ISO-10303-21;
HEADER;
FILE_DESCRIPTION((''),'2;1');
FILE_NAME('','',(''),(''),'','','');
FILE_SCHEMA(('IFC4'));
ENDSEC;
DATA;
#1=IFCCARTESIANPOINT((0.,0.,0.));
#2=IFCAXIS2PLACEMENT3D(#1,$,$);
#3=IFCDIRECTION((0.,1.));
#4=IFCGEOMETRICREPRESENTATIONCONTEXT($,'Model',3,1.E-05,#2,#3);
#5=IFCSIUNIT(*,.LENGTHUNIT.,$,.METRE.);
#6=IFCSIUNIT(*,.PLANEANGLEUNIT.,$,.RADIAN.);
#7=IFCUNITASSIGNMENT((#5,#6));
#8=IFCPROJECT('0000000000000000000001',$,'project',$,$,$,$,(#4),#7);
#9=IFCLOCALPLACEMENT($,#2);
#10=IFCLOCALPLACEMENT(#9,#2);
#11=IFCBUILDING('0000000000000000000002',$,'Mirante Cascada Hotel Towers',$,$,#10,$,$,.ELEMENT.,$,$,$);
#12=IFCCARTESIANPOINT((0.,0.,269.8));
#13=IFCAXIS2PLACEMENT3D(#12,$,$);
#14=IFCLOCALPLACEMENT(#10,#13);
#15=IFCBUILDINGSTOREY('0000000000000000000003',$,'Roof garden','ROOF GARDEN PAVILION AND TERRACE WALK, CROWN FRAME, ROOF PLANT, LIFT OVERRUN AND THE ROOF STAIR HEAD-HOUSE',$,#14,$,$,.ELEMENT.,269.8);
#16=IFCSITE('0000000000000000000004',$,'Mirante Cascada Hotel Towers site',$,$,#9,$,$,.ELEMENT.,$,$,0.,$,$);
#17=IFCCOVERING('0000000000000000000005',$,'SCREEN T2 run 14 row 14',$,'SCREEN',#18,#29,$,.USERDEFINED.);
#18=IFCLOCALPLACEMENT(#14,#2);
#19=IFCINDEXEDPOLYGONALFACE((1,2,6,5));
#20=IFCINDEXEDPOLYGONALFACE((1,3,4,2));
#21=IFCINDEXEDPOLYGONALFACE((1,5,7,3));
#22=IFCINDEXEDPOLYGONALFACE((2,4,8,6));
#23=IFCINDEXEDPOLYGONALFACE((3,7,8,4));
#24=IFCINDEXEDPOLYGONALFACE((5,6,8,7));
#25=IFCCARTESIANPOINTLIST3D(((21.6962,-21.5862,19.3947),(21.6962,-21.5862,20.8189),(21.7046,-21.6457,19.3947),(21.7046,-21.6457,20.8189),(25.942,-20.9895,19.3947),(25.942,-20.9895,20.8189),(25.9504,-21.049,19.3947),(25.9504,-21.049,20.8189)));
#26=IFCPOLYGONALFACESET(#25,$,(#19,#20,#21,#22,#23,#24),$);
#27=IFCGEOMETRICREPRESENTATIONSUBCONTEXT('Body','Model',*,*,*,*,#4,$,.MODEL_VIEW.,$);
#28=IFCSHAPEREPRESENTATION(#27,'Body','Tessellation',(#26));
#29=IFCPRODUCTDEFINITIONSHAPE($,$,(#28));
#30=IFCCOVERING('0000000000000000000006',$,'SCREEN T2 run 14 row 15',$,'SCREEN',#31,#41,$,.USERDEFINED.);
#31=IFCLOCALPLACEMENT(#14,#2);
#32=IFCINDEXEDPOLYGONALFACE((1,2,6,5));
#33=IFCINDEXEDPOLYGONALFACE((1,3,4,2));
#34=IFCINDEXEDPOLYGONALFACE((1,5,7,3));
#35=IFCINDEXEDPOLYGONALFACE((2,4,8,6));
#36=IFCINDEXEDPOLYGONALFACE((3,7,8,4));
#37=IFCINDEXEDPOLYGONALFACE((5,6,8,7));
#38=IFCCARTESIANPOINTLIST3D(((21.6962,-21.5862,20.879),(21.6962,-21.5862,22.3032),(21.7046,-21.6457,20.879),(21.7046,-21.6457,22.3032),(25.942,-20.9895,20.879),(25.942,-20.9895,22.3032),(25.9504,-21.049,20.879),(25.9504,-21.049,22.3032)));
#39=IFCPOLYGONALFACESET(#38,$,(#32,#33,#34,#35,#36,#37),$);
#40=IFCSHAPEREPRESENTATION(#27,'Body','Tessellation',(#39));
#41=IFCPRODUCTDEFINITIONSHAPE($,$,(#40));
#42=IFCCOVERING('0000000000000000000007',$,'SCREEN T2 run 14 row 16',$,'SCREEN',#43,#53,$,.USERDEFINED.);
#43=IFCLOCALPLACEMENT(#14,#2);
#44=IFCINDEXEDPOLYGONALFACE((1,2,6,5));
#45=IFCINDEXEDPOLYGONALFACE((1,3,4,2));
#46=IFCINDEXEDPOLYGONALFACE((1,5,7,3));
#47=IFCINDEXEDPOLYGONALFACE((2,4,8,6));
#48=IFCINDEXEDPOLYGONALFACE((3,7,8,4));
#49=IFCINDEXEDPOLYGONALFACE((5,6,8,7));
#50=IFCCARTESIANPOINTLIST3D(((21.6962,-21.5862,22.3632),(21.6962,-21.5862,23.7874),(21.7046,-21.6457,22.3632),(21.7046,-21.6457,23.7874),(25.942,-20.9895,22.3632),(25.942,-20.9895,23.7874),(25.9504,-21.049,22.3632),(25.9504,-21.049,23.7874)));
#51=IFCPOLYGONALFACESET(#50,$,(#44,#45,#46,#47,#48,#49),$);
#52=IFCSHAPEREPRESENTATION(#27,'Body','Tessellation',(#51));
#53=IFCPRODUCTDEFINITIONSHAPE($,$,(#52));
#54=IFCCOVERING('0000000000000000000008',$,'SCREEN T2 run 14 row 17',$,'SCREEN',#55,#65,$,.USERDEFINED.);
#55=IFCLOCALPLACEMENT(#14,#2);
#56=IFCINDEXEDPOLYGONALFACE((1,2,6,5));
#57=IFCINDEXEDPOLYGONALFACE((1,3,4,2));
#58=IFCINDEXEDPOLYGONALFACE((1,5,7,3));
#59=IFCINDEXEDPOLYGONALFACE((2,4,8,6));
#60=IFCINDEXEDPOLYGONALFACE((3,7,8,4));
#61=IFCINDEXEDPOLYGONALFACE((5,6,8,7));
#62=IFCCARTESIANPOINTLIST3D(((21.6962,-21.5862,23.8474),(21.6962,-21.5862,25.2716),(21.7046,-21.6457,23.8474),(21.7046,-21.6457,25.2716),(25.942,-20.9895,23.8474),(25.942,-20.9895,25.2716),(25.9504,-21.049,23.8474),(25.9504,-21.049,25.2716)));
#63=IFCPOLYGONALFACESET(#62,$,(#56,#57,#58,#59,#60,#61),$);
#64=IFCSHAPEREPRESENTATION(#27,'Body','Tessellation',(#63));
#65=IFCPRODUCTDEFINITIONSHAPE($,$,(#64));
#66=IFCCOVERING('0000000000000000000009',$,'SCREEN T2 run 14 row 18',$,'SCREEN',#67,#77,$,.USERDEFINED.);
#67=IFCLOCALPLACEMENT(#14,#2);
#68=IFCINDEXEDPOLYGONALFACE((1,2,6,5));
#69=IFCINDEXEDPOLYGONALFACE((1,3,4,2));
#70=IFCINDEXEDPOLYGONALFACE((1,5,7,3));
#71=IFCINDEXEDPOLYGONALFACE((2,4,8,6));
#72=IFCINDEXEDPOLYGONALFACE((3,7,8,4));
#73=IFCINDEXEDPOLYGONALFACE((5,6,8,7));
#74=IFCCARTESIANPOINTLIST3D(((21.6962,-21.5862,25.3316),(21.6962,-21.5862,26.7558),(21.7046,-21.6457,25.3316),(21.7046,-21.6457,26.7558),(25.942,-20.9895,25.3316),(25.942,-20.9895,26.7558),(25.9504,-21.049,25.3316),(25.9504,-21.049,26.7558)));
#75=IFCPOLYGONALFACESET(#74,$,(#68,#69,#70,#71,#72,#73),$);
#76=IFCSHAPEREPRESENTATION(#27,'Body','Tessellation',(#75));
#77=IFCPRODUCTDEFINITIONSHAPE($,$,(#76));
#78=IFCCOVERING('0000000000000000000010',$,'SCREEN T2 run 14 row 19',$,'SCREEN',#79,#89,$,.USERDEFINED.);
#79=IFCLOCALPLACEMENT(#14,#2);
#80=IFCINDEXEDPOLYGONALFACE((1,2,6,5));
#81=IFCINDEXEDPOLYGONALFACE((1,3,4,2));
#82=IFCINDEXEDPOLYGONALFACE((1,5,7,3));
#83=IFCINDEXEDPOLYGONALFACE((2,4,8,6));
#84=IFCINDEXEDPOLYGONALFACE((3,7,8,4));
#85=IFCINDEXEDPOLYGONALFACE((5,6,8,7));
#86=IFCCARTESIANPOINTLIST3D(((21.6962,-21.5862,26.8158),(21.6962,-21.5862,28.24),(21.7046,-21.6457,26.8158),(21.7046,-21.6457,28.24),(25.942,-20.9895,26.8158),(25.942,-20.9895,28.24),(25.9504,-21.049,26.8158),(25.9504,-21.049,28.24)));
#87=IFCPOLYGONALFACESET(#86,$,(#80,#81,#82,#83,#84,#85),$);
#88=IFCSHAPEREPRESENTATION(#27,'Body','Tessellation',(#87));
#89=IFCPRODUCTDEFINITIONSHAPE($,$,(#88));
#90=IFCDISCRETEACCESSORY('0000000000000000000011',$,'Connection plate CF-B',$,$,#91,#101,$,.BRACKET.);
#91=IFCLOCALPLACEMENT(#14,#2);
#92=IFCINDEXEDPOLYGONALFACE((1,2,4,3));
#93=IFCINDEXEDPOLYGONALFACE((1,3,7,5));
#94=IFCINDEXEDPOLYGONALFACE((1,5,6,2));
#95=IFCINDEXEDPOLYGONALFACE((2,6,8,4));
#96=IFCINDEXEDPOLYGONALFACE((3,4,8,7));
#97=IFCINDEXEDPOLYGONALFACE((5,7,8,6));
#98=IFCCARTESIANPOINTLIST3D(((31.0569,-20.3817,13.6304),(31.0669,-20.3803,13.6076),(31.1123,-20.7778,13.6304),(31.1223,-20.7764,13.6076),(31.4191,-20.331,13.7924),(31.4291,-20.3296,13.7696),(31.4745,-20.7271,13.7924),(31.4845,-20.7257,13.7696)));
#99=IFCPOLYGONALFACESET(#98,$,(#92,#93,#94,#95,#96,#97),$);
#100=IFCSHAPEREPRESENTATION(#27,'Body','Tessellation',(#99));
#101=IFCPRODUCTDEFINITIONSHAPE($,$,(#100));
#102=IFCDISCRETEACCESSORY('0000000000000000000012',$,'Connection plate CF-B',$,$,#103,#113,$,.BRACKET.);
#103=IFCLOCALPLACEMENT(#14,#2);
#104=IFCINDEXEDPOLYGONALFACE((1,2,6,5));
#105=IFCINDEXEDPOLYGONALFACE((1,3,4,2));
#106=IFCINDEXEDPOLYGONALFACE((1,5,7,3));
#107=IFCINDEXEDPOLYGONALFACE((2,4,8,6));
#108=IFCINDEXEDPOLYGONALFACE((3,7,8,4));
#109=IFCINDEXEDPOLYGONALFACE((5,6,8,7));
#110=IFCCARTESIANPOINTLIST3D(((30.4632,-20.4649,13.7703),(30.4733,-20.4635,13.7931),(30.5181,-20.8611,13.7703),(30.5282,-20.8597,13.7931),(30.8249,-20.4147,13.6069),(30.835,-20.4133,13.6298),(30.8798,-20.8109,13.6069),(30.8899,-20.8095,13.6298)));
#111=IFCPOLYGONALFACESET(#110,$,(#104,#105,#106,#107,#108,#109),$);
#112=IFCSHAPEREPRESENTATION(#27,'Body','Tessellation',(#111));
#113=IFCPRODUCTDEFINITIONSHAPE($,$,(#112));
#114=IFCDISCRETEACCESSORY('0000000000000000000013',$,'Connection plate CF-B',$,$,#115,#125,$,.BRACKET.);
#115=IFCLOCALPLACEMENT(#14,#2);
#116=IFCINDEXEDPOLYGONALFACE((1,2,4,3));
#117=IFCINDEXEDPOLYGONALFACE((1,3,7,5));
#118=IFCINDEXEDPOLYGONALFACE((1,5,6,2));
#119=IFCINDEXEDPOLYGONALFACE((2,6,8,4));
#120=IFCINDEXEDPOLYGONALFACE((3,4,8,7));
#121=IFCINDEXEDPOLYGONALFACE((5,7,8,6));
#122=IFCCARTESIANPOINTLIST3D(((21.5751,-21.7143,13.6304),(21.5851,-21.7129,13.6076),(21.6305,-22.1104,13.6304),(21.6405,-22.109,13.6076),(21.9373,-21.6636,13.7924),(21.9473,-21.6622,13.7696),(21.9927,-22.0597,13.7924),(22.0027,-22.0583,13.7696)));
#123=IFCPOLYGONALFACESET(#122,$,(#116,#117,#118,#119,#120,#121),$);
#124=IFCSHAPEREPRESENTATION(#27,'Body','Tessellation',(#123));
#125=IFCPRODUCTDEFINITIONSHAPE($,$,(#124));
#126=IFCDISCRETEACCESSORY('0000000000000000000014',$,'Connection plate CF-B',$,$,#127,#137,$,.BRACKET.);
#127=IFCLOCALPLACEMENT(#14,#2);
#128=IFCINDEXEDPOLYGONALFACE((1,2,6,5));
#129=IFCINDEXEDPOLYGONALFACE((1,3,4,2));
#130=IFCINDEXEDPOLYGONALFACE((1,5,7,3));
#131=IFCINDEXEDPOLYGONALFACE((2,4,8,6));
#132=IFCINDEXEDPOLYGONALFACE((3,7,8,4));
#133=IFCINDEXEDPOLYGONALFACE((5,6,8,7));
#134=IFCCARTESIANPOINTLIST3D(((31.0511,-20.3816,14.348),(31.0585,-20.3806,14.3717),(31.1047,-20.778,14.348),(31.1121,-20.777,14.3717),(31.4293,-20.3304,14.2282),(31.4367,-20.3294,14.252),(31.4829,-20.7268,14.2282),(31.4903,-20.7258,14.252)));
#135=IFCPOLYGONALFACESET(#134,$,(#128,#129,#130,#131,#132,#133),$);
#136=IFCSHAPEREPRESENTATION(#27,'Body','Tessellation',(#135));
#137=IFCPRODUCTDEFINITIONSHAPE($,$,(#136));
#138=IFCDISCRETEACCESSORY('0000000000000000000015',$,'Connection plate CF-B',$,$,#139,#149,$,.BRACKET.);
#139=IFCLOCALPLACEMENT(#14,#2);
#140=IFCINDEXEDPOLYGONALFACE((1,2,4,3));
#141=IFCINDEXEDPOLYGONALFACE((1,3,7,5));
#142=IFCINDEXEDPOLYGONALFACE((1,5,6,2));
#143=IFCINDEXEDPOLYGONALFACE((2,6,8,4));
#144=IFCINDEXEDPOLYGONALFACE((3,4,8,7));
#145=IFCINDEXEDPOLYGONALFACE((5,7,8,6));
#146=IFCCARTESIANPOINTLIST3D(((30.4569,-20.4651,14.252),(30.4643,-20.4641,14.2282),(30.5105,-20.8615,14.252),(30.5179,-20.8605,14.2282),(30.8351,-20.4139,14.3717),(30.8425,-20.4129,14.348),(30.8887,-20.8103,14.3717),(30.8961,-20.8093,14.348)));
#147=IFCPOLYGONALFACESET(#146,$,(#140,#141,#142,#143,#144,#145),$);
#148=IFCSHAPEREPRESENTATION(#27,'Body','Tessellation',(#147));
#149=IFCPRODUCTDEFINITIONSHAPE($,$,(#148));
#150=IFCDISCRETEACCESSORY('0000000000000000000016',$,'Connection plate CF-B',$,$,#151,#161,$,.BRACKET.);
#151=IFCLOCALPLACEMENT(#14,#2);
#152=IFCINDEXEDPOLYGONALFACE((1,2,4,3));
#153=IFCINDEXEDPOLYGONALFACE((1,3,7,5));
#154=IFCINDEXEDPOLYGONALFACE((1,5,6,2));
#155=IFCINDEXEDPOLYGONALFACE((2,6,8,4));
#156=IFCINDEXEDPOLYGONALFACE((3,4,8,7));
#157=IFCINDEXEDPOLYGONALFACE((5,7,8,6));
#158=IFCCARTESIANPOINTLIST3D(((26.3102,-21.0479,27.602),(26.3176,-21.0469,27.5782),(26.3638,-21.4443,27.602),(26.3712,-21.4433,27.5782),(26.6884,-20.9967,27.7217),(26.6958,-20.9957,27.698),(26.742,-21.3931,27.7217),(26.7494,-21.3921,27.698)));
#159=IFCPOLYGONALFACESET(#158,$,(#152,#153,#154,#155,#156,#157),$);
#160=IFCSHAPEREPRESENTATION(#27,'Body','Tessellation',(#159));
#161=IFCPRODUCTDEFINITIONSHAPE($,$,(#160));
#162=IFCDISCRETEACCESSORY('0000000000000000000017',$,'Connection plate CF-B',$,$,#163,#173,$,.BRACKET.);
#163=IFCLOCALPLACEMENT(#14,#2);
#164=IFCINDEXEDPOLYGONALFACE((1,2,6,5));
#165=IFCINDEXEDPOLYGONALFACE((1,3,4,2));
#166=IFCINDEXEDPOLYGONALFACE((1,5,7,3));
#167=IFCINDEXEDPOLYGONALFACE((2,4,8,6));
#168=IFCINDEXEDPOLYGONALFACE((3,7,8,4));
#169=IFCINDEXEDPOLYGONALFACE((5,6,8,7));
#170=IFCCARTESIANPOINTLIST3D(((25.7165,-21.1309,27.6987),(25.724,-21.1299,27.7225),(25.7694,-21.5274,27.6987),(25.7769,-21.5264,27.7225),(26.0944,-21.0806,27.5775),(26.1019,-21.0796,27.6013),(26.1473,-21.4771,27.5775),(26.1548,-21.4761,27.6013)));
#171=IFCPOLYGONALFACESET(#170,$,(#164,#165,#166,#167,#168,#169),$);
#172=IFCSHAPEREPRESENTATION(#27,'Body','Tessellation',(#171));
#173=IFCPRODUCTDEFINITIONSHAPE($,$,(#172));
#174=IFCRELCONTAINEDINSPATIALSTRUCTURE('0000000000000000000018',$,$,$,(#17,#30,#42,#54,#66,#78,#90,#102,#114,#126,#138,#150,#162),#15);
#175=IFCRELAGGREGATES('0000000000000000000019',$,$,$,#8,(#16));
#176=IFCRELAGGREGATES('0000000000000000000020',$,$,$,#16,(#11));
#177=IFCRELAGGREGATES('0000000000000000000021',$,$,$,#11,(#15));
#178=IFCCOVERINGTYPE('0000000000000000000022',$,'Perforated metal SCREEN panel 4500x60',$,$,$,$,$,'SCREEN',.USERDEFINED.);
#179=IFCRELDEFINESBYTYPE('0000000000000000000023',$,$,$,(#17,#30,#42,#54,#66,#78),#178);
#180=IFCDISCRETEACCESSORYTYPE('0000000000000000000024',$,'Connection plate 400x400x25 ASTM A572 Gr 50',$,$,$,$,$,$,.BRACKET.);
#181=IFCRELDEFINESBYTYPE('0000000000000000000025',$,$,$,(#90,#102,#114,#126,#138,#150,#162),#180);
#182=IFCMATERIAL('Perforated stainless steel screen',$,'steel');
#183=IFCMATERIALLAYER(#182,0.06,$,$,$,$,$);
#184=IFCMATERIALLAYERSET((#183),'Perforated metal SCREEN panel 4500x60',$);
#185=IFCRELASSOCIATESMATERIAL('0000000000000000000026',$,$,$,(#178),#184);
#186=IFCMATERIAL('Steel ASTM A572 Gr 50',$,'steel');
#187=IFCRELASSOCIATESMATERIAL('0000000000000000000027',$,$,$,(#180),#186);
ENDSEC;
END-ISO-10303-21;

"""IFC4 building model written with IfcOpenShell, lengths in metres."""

from ifc_helpers import new_model, si_unit, direction, frame, origin, origin_2d, place, context, subcontext, project, spatial, rectangle, extrude, material, layer, layer_set, material_profile, profile_set, type_object, element, save


model = new_model("IFC4")

# Units and contexts
model_context = context("Model", 3, precision=1e-05, world=origin(), true_north=direction((0.0, 1.0)))
body_context = subcontext(model_context, "Body", "Model", "MODEL_VIEW")
ifc_project = project(units=[si_unit("LENGTHUNIT", "METRE"), si_unit("PLANEANGLEUNIT", "RADIAN")], contexts=[model_context])

# Site, building, storey
site_placement = place(None, origin())
site = spatial("IfcSite", under=ifc_project, at=site_placement, Name="Mirante Cascada Hotel Towers site", CompositionType="ELEMENT", RefElevation=0.0)
building_placement = place(site_placement, origin())
building = spatial("IfcBuilding", under=site, at=building_placement, Name="Mirante Cascada Hotel Towers", CompositionType="ELEMENT")
storey_placement = place(building_placement, frame((0.0, 0.0, 269.8)))
storey = spatial("IfcBuildingStorey", under=building, at=storey_placement, Name="Roof garden", Description="ROOF GARDEN PAVILION AND TERRACE WALK, CROWN FRAME, ROOF PLANT, LIFT OVERRUN AND THE ROOF STAIR HEAD-HOUSE", CompositionType="ELEMENT", Elevation=269.8)

# Coverings
ifc_material_1 = material(Name="Perforated stainless steel screen", Category="steel")
ifc_layer_1 = layer(ifc_material_1, 0.06)
ifc_layer_set_1 = layer_set([ifc_layer_1], Name="Perforated metal SCREEN panel 4500x60")
covering_type_1 = type_object("IfcCoveringType", Name="Perforated metal SCREEN panel 4500x60", ElementType="SCREEN", PredefinedType="USERDEFINED", material=ifc_layer_set_1)
for number, where, z_axis, x_axis, name in (
    (1, (23.8233, -21.3176, 19.3947), (0.0, 0.0, 1.0), (-0.990268, -0.139173, 0.0), "SCREEN T2 run 14 row 14"),
    (2, (23.8233, -21.3176, 20.879), (0.0, 0.0, 1.0), (-0.990268, -0.139173, 0.0), "SCREEN T2 run 14 row 15"),
    (3, (23.8233, -21.3176, 22.3632), (0.0, 0.0, 1.0), (-0.990268, -0.139173, 0.0), "SCREEN T2 run 14 row 16"),
    (4, (23.8233, -21.3176, 23.8474), (0.0, 0.0, 1.0), (-0.990268, -0.139173, 0.0), "SCREEN T2 run 14 row 17"),
    (5, (23.8233, -21.3176, 25.3316), (0.0, 0.0, 1.0), (-0.990268, -0.139173, 0.0), "SCREEN T2 run 14 row 18"),
    (6, (23.8233, -21.3176, 26.8158), (0.0, 0.0, 1.0), (-0.990268, -0.139173, 0.0), "SCREEN T2 run 14 row 19"),
):
    element("IfcCovering", number, at=place(storey_placement, frame(where, z_axis=z_axis, x_axis=x_axis)), inside=storey, type_object=covering_type_1, Name=name, ObjectType="SCREEN", PredefinedType="USERDEFINED", context=body_context, shape_type="SweptSolid", body=[
        extrude(rectangle(XDim=4.2875, YDim=0.06, at=origin_2d()), origin(), (0.0, 0.0, 1.0), 1.4242),
    ])

# Discrete accessories
ifc_material_2 = material(Name="Steel ASTM A572 Gr 50", Category="steel")
ifc_material_profile_1 = material_profile(ifc_material_2, rectangle(XDim=0.4, YDim=0.4, at=origin_2d()), Name="Connection plate 400x400x25 ASTM A572 Gr 50")
ifc_profile_set_1 = profile_set([ifc_material_profile_1], Name="Steel ASTM A572 Gr 50")
discrete_accessory_type = type_object("IfcDiscreteAccessoryType", Name="Connection plate 400x400x25 ASTM A572 Gr 50", PredefinedType="BRACKET", material=ifc_profile_set_1)
discrete_accessory_1_placement = place(storey_placement, frame((31.2757, -20.553, 13.6886), z_axis=(-0.401028, -0.056144, 0.914344), x_axis=(0.138648, -0.990342, 0.0)))
element("IfcDiscreteAccessory", 7, at=discrete_accessory_1_placement, inside=storey, type_object=discrete_accessory_type, Name="Connection plate CF-B", PredefinedType="BRACKET", context=body_context, shape_type="SweptSolid", body=[
    extrude(rectangle(XDim=0.4, YDim=0.4, at=origin_2d()), origin(), (0.0, 0.0, 1.0), 0.0249),
])
discrete_accessory_2_placement = place(storey_placement, frame((30.6715, -20.6379, 13.6886), z_axis=(0.404385, 0.056053, 0.91287), x_axis=(-0.137301, 0.990529, 0.0)))
element("IfcDiscreteAccessory", 8, at=discrete_accessory_2_placement, inside=storey, type_object=discrete_accessory_type, Name="Connection plate CF-B", PredefinedType="BRACKET", context=body_context, shape_type="SweptSolid", body=[
    extrude(rectangle(XDim=0.4, YDim=0.4, at=origin_2d()), origin(), (0.0, 0.0, 1.0), 0.025),
])
for number, where, z_axis, x_axis, name in (
    (9, (21.7939, -21.8856, 13.6886), (-0.401028, -0.056144, 0.914344), (0.138648, -0.990342, 0.0), "Connection plate CF-B"),
    (10, (31.267, -20.5542, 14.2881), (0.296665, 0.04009, 0.95414), (-0.133918, 0.990992, 0.0), "Connection plate CF-B"),
    (11, (30.6802, -20.6367, 14.2881), (-0.296665, -0.04009, 0.95414), (0.133918, -0.990992, 0.0), "Connection plate CF-B"),
    (12, (26.5335, -21.2195, 27.6381), (-0.296665, -0.04009, 0.95414), (0.133918, -0.990992, 0.0), "Connection plate CF-B"),
):
    element("IfcDiscreteAccessory", number, at=place(storey_placement, frame(where, z_axis=z_axis, x_axis=x_axis)), inside=storey, type_object=discrete_accessory_type, Name=name, PredefinedType="BRACKET", context=body_context, shape_type="SweptSolid", body=[
        extrude(rectangle(XDim=0.4, YDim=0.4, at=origin_2d()), origin(), (0.0, 0.0, 1.0), 0.0249),
    ])
discrete_accessory_3_placement = place(storey_placement, frame((25.9319, -21.304, 27.6381), z_axis=(0.300315, 0.040042, 0.952999), x_axis=(-0.132164, 0.991228, 0.0)))
element("IfcDiscreteAccessory", 13, at=discrete_accessory_3_placement, inside=storey, type_object=discrete_accessory_type, Name="Connection plate CF-B", PredefinedType="BRACKET", context=body_context, shape_type="SweptSolid", body=[
    extrude(rectangle(XDim=0.4, YDim=0.4, at=origin_2d()), origin(), (0.0, 0.0, 1.0), 0.025),
])

save(model, "model.ifc")
